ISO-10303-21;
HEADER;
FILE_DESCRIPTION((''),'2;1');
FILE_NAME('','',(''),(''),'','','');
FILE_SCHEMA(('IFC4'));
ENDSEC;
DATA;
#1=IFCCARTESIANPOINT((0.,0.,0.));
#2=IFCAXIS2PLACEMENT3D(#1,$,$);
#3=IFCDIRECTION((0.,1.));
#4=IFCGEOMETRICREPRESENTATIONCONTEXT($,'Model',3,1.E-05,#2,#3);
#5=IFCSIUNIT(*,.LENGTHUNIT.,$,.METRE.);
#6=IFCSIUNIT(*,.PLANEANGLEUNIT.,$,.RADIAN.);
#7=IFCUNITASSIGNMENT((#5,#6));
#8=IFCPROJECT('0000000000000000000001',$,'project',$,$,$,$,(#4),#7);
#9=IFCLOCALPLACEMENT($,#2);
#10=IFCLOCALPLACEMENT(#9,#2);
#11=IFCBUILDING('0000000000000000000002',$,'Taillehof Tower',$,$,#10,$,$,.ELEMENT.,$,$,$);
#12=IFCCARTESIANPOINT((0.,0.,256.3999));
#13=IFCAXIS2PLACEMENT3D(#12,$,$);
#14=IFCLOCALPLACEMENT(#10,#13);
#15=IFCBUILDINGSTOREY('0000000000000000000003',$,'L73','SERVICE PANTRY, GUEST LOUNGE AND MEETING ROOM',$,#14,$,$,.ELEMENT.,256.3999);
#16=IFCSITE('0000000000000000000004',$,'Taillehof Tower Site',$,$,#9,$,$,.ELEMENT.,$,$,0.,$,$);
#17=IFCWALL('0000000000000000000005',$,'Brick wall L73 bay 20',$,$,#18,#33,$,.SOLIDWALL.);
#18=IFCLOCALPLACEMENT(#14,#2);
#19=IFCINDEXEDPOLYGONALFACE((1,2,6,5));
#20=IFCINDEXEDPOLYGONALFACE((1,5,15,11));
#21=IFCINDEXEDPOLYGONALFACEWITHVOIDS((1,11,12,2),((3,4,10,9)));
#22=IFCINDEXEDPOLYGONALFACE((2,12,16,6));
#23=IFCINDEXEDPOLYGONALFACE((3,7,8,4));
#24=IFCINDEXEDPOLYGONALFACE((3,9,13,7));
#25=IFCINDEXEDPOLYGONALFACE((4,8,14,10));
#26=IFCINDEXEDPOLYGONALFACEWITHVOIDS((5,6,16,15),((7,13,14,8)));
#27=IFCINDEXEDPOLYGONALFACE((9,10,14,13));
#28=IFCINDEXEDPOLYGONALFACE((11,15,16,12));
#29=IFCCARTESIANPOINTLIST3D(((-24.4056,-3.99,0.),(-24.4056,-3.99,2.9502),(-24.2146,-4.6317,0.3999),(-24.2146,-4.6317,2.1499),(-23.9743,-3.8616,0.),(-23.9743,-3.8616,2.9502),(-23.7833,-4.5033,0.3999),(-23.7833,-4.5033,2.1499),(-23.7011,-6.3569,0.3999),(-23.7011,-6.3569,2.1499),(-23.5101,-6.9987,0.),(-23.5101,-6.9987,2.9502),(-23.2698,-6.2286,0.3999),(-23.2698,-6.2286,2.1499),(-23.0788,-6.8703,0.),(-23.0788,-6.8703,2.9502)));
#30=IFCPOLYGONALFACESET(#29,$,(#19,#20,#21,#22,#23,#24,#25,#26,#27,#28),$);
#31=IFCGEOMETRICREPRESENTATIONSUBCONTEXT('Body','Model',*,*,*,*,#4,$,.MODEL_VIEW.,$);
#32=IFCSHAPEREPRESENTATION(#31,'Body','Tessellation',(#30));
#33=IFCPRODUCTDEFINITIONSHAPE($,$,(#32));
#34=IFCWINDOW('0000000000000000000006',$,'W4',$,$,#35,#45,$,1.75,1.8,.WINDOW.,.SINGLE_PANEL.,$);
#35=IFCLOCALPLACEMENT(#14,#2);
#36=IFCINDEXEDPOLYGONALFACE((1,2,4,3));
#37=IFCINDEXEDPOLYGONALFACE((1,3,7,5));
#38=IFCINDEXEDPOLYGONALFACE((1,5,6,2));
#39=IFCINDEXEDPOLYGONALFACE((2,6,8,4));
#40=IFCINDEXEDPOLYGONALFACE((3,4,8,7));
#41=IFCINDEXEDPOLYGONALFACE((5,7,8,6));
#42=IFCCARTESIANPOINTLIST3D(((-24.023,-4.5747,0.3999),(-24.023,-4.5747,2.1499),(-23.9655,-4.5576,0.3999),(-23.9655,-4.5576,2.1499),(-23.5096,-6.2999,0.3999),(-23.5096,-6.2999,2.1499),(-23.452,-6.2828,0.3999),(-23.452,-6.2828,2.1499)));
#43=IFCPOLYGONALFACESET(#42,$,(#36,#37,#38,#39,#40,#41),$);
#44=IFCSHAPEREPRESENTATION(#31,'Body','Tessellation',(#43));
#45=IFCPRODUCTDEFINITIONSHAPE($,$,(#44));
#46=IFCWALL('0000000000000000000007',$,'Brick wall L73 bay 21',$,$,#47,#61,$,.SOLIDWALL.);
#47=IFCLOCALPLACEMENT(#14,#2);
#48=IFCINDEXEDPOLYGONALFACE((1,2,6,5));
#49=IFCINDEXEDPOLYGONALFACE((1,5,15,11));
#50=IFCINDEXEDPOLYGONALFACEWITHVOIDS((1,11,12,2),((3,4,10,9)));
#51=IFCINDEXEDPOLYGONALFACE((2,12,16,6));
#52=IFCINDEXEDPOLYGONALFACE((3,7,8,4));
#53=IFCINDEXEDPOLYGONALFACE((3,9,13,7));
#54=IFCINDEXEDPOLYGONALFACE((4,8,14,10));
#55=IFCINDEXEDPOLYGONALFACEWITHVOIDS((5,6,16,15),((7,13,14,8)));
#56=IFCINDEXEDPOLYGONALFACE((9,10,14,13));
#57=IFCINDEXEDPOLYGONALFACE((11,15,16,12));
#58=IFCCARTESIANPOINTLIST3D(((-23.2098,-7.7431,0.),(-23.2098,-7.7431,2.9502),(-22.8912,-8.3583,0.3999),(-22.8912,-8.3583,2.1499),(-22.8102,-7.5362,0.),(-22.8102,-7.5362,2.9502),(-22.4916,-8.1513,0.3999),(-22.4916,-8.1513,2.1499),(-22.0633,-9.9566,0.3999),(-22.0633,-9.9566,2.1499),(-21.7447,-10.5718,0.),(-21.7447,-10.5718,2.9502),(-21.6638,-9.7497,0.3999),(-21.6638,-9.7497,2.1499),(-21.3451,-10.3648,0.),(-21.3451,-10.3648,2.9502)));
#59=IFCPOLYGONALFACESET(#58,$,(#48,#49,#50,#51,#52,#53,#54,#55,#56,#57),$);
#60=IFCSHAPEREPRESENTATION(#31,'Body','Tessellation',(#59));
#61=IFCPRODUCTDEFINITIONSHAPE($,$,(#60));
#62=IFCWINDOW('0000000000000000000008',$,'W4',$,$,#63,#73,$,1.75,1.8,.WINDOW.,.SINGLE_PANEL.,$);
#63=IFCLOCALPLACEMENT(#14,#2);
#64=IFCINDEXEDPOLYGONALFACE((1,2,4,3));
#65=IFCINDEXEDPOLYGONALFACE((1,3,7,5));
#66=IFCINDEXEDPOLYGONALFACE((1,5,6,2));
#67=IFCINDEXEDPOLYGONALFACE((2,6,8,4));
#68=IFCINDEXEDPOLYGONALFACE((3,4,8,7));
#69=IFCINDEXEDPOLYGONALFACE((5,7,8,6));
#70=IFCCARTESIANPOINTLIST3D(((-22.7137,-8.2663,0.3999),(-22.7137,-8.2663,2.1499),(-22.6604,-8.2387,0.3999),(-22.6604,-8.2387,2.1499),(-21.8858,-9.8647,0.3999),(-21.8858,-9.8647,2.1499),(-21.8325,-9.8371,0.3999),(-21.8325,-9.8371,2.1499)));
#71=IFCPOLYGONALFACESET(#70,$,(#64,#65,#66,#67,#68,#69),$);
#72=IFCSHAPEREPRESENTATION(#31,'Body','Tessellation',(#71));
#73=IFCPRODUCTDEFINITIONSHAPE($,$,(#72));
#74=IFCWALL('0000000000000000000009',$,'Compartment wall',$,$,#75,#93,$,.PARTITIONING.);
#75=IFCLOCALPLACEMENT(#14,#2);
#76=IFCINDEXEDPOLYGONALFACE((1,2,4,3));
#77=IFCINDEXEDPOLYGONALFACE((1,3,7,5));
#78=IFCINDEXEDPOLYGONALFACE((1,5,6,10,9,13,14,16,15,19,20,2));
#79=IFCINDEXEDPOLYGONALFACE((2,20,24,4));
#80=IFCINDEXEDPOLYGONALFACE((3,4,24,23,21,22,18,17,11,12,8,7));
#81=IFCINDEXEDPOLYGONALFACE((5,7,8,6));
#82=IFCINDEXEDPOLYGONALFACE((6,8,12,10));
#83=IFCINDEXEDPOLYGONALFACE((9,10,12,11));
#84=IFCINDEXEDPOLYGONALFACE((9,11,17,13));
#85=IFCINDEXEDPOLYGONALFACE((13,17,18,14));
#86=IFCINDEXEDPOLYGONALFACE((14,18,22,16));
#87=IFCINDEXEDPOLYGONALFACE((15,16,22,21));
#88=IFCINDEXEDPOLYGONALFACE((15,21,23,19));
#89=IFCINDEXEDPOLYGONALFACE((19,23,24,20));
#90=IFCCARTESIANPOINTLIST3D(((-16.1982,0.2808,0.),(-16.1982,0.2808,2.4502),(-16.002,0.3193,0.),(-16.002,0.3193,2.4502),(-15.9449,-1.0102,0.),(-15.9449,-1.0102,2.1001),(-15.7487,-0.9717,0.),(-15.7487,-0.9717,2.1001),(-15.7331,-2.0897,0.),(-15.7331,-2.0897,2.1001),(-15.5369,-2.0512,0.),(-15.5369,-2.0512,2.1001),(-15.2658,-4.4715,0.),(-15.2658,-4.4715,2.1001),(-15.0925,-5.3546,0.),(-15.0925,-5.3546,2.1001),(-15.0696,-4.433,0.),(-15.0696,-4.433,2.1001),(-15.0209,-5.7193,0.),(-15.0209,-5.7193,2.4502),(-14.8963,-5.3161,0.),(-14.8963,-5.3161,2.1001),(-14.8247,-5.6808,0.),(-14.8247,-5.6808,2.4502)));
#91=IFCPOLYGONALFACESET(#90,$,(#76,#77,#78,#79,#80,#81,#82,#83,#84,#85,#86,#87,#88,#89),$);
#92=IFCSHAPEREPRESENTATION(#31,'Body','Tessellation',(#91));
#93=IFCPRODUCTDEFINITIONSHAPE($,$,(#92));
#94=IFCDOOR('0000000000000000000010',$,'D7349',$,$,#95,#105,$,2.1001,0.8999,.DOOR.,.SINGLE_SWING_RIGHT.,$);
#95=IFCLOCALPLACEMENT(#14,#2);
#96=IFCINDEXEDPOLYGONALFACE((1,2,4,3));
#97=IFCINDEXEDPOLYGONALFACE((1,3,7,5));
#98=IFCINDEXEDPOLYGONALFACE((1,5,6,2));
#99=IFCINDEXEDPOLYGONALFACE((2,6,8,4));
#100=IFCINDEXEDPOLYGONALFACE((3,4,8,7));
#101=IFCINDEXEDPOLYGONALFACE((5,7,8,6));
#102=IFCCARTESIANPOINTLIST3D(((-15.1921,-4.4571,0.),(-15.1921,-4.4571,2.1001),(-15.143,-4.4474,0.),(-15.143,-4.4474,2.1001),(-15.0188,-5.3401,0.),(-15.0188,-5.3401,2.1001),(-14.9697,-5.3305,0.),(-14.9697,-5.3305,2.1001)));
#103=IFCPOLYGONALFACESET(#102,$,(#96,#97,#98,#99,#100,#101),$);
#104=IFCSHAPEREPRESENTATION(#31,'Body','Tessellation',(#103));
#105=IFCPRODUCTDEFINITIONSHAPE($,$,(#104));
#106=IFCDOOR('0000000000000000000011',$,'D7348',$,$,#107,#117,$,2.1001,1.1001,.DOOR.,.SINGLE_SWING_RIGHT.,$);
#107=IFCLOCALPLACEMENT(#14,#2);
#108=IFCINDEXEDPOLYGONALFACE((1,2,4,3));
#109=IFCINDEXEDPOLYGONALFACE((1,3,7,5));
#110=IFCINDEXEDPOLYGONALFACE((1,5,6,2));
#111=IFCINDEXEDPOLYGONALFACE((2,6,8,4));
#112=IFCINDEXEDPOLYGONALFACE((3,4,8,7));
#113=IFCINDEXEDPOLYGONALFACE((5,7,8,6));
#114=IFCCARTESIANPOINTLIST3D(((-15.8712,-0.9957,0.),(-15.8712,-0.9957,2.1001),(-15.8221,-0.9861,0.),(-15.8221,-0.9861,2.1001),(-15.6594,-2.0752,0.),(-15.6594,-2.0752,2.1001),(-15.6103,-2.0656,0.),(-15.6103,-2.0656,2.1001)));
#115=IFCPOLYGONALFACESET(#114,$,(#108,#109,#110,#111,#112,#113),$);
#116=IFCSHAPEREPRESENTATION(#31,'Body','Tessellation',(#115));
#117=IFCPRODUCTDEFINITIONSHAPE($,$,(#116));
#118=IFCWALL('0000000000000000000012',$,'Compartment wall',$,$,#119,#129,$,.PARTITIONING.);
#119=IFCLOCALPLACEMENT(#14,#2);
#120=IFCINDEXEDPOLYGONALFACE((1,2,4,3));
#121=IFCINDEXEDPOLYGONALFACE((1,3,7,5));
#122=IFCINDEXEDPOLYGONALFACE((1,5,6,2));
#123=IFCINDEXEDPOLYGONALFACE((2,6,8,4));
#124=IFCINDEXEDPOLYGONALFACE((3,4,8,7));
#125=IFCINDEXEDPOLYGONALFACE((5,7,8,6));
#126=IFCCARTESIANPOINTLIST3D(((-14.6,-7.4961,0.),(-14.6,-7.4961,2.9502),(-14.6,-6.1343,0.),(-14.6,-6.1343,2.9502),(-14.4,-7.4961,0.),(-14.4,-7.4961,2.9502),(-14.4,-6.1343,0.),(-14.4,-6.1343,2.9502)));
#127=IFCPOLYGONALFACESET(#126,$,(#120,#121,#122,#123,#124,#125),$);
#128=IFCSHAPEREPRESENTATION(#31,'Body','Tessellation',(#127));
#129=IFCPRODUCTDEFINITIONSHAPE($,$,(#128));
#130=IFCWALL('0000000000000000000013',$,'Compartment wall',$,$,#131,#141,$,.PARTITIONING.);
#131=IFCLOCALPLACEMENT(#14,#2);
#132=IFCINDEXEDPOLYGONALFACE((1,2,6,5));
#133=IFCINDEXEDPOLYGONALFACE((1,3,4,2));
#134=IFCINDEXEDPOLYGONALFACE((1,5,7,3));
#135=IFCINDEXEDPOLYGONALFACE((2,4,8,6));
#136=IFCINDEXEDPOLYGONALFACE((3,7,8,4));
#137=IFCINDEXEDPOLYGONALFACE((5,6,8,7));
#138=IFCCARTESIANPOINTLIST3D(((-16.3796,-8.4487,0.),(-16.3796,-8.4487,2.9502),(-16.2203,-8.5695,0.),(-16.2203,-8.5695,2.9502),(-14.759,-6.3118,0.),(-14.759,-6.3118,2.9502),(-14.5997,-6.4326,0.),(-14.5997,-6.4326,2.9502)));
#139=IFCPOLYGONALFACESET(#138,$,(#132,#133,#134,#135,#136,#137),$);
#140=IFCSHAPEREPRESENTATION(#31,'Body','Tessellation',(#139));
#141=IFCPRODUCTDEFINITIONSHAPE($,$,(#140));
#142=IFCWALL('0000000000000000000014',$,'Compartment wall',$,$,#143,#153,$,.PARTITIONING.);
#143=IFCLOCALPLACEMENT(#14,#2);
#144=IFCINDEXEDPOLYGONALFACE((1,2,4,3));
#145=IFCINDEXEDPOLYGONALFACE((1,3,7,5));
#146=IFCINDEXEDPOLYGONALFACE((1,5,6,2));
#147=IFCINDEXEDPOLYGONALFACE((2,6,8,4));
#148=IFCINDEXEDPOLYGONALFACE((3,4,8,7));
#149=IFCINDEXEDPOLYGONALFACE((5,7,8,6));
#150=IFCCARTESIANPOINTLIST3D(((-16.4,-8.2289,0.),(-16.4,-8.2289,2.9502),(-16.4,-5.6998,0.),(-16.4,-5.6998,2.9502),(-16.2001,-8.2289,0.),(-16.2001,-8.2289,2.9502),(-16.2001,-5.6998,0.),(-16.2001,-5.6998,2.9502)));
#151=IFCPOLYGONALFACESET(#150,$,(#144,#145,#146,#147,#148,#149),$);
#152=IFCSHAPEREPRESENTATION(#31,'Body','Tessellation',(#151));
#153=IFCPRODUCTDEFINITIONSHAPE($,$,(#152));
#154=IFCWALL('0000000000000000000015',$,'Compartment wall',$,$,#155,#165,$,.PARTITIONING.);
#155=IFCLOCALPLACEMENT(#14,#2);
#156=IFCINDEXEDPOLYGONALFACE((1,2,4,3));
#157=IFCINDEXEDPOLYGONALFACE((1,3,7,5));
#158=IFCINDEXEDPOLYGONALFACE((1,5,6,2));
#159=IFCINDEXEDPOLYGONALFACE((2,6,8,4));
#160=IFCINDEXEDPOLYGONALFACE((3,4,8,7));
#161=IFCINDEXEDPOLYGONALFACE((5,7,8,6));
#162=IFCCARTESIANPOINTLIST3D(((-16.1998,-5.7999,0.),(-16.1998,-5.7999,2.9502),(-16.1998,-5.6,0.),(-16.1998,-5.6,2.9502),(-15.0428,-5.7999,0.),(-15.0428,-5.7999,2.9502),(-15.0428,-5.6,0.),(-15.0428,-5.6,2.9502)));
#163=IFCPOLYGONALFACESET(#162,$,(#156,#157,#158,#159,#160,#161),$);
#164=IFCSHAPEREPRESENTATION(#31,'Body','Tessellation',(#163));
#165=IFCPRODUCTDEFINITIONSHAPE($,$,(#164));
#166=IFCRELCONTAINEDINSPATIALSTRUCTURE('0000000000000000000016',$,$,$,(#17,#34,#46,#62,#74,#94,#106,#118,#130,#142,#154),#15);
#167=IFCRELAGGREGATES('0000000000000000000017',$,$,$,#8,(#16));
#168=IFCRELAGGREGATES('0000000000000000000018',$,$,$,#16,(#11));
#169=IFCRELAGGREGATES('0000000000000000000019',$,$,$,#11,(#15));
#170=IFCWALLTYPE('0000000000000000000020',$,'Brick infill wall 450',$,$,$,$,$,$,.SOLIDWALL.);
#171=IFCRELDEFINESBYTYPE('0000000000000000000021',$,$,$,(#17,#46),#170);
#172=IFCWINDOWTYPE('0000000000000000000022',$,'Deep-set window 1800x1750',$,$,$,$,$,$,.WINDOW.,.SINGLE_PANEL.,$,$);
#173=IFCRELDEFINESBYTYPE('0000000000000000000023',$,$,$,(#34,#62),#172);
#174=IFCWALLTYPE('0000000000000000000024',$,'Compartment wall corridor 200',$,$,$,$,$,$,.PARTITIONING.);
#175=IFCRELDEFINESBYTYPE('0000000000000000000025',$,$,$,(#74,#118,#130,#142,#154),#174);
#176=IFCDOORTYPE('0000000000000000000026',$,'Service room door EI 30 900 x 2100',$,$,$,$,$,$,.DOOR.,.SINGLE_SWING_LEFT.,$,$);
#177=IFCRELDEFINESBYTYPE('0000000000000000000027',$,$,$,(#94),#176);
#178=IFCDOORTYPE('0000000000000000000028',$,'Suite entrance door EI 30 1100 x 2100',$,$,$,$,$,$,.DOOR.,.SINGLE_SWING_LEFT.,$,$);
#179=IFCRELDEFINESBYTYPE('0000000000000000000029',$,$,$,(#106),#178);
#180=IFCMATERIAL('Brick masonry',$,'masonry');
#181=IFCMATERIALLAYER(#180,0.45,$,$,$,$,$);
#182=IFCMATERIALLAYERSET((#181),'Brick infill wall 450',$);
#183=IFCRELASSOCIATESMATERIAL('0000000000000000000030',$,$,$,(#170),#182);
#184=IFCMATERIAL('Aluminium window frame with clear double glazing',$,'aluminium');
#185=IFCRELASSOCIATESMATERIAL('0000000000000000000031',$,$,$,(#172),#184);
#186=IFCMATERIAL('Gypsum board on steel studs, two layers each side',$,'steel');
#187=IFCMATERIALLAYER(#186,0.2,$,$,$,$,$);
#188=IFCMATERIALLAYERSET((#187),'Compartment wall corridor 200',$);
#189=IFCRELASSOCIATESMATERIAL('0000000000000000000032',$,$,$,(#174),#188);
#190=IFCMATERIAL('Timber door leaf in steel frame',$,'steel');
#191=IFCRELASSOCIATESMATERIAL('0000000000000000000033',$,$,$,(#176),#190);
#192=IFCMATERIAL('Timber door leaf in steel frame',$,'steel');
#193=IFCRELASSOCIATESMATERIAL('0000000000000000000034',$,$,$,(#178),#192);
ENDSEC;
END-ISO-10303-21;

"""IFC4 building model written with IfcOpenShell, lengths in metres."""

from ifc_helpers import new_model, si_unit, direction, frame, frame_2d, origin, place, context, subcontext, project, spatial, rectangle, extrude, material, layer, layer_set, type_object, element, fill, save


model = new_model("IFC4")

# Units and contexts
model_context = context("Model", 3, precision=1e-05, world=origin(), true_north=direction((0.0, 1.0)))
body_context = subcontext(model_context, "Body", "Model", "MODEL_VIEW")
ifc_project = project(units=[si_unit("LENGTHUNIT", "METRE"), si_unit("PLANEANGLEUNIT", "RADIAN")], contexts=[model_context])

# Site, building, storey
site_placement = place(None, origin())
site = spatial("IfcSite", under=ifc_project, at=site_placement, Name="Taillehof Tower Site", CompositionType="ELEMENT", RefElevation=0.0)
building_placement = place(site_placement, origin())
building = spatial("IfcBuilding", under=site, at=building_placement, Name="Taillehof Tower", CompositionType="ELEMENT")
storey_placement = place(building_placement, frame((0.0, 0.0, 256.3999)))
storey = spatial("IfcBuildingStorey", under=building, at=storey_placement, Name="L73", Description="SERVICE PANTRY, GUEST LOUNGE AND MEETING ROOM", CompositionType="ELEMENT", Elevation=256.3999)

# Walls, openings, windows
ifc_material_1 = material(Name="Brick masonry", Category="masonry")
ifc_layer_1 = layer(ifc_material_1, 0.45)
ifc_layer_set_1 = layer_set([ifc_layer_1], Name="Brick infill wall 450")
wall_type_1 = type_object("IfcWallType", Name="Brick infill wall 450", PredefinedType="SOLIDWALL", material=ifc_layer_set_1)
ifc_material_2 = material(Name="Aluminium window frame with clear double glazing", Category="aluminium")
window_type = type_object("IfcWindowType", Name="Deep-set window 1800x1750", PartitioningType="SINGLE_PANEL", PredefinedType="WINDOW", material=ifc_material_2)
wall_1_placement = place(storey_placement, frame((-24.1899, -3.9258, 0.0), z_axis=(0.0, 0.0, 1.0), x_axis=(0.285264, -0.958449, 0.0)))
wall_1 = element("IfcWall", 1, at=wall_1_placement, inside=storey, type_object=wall_type_1, Name="Brick wall L73 bay 20", PredefinedType="SOLIDWALL", context=body_context, shape_type="SweptSolid", body=[
    extrude(rectangle(XDim=3.1392, YDim=0.45, at=frame_2d((1.5696, 0.0))), origin(), (0.0, 0.0, 1.0), 2.9502),
])
opening_1_placement = place(wall_1_placement, frame((0.6697, 0.0, 0.3999)))
opening_1 = element("IfcOpeningElement", 2, at=opening_1_placement, cuts=wall_1, PredefinedType="OPENING", context=body_context, shape_type="SweptSolid", body=[
    extrude(rectangle(XDim=1.8, YDim=1.75, at=frame_2d((0.8999, 0.875))), frame((0.0, 0.2349, 0.0), z_axis=(0.0, -1.0, 0.0), x_axis=(1.0, 0.0, 0.0)), (0.0, 0.0, 1.0), 0.47),
])
window_1_placement = place(opening_1_placement, origin())
window_1 = element("IfcWindow", 3, at=window_1_placement, inside=storey, type_object=window_type, Name="W4", OverallHeight=1.75, OverallWidth=1.8, PartitioningType="SINGLE_PANEL", PredefinedType="WINDOW", context=body_context, shape_type="SweptSolid", body=[
    extrude(rectangle(XDim=1.8, YDim=1.75, at=frame_2d((0.8999, 0.875))), frame((0.0, 0.0349, 0.0), z_axis=(0.0, -1.0, 0.0), x_axis=(1.0, 0.0, 0.0)), (0.0, 0.0, 1.0), 0.0601),
])
fill(opening_1, window_1)
wall_2_placement = place(storey_placement, frame((-23.01, -7.6396, 0.0), z_axis=(0.0, 0.0, 1.0), x_axis=(0.459921, -0.88796, 0.0)))
wall_2 = element("IfcWall", 4, at=wall_2_placement, inside=storey, type_object=wall_type_1, Name="Brick wall L73 bay 21", PredefinedType="SOLIDWALL", context=body_context, shape_type="SweptSolid", body=[
    extrude(rectangle(XDim=3.1855, YDim=0.45, at=frame_2d((1.5928, 0.0))), origin(), (0.0, 0.0, 1.0), 2.9502),
])
opening_2_placement = place(wall_2_placement, frame((0.6929, 0.0, 0.3999)))
opening_2 = element("IfcOpeningElement", 5, at=opening_2_placement, cuts=wall_2, PredefinedType="OPENING", context=body_context, shape_type="SweptSolid", body=[
    extrude(rectangle(XDim=1.8, YDim=1.75, at=frame_2d((0.8999, 0.875))), frame((0.0, 0.2349, 0.0), z_axis=(0.0, -1.0, 0.0), x_axis=(1.0, 0.0, 0.0)), (0.0, 0.0, 1.0), 0.47),
])
window_2_placement = place(opening_2_placement, origin())
window_2 = element("IfcWindow", 6, at=window_2_placement, inside=storey, type_object=window_type, Name="W4", OverallHeight=1.75, OverallWidth=1.8, PartitioningType="SINGLE_PANEL", PredefinedType="WINDOW", context=body_context, shape_type="SweptSolid", body=[
    extrude(rectangle(XDim=1.8, YDim=1.75, at=frame_2d((0.8999, 0.875))), frame((0.0, 0.0349, 0.0), z_axis=(0.0, -1.0, 0.0), x_axis=(1.0, 0.0, 0.0)), (0.0, 0.0, 1.0), 0.0601),
])
fill(opening_2, window_2)

# Wall, openings, doors
ifc_material_3 = material(Name="Gypsum board on steel studs, two layers each side", Category="steel")
ifc_layer_2 = layer(ifc_material_3, 0.2)
ifc_layer_set_2 = layer_set([ifc_layer_2], Name="Compartment wall corridor 200")
wall_type_2 = type_object("IfcWallType", Name="Compartment wall corridor 200", PredefinedType="PARTITIONING", material=ifc_layer_set_2)
wall_3_placement = place(storey_placement, frame((-14.9229, -5.7, 0.0), z_axis=(0.0, 0.0, 1.0), x_axis=(-0.192537, 0.98129, 0.0)))
wall_3 = element("IfcWall", 7, at=wall_3_placement, inside=storey, type_object=wall_type_2, Name="Compartment wall", PredefinedType="PARTITIONING", context=body_context, shape_type="SweptSolid", body=[
    extrude(rectangle(XDim=6.1145, YDim=0.2, at=frame_2d((3.0571, 0.0))), origin(), (0.0, 0.0, 1.0), 2.4502),
])
opening_3_placement = place(wall_3_placement, frame((3.6987, 0.0, 0.0)))
opening_3 = element("IfcOpeningElement", 8, at=opening_3_placement, cuts=wall_3, PredefinedType="OPENING", context=body_context, shape_type="SweptSolid", body=[
    extrude(rectangle(XDim=1.1001, YDim=2.1001, at=frame_2d((0.55, 1.05))), frame((0.0, 0.1099, 0.0), z_axis=(0.0, -1.0, 0.0), x_axis=(1.0, 0.0, 0.0)), (0.0, 0.0, 1.0), 0.22),
])
opening_4_placement = place(wall_3_placement, frame((0.3716, 0.0, 0.0)))
opening_4 = element("IfcOpeningElement", 9, at=opening_4_placement, cuts=wall_3, PredefinedType="OPENING", context=body_context, shape_type="SweptSolid", body=[
    extrude(rectangle(XDim=0.8999, YDim=2.1001, at=frame_2d((0.45, 1.05))), frame((0.0, 0.1099, 0.0), z_axis=(0.0, -1.0, 0.0), x_axis=(1.0, 0.0, 0.0)), (0.0, 0.0, 1.0), 0.22),
])
ifc_material_4 = material(Name="Timber door leaf in steel frame", Category="steel")
door_type_1 = type_object("IfcDoorType", Name="Service room door EI 30 900 x 2100", OperationType="SINGLE_SWING_LEFT", PredefinedType="DOOR", material=ifc_material_4)
door_1_placement = place(opening_4_placement, origin())
door_1 = element("IfcDoor", 10, at=door_1_placement, inside=storey, type_object=door_type_1, Name="D7349", OperationType="SINGLE_SWING_RIGHT", OverallHeight=2.1001, OverallWidth=0.8999, PredefinedType="DOOR", context=body_context, shape_type="SweptSolid", body=[
    extrude(rectangle(XDim=0.8999, YDim=2.1001, at=frame_2d((0.45, 1.05))), frame((0.0, 0.0249, 0.0), z_axis=(0.0, -1.0, 0.0), x_axis=(1.0, 0.0, 0.0)), (0.0, 0.0, 1.0), 0.05),
])
fill(opening_4, door_1)
ifc_material_5 = material(Name="Timber door leaf in steel frame", Category="steel")
door_type_2 = type_object("IfcDoorType", Name="Suite entrance door EI 30 1100 x 2100", OperationType="SINGLE_SWING_LEFT", PredefinedType="DOOR", material=ifc_material_5)
door_2_placement = place(opening_3_placement, origin())
door_2 = element("IfcDoor", 11, at=door_2_placement, inside=storey, type_object=door_type_2, Name="D7348", OperationType="SINGLE_SWING_RIGHT", OverallHeight=2.1001, OverallWidth=1.1001, PredefinedType="DOOR", context=body_context, shape_type="SweptSolid", body=[
    extrude(rectangle(XDim=1.1001, YDim=2.1001, at=frame_2d((0.55, 1.05))), frame((0.0, 0.0249, 0.0), z_axis=(0.0, -1.0, 0.0), x_axis=(1.0, 0.0, 0.0)), (0.0, 0.0, 1.0), 0.05),
])
fill(opening_3, door_2)

# Walls
wall_4_placement = place(storey_placement, frame((-14.5, -7.4961, 0.0), z_axis=(0.0, 0.0, 1.0), x_axis=(0.0, 1.0, 0.0)))
element("IfcWall", 12, at=wall_4_placement, inside=storey, type_object=wall_type_2, Name="Compartment wall", PredefinedType="PARTITIONING", context=body_context, shape_type="SweptSolid", body=[
    extrude(rectangle(XDim=1.3618, YDim=0.2, at=frame_2d((0.6809, 0.0))), origin(), (0.0, 0.0, 1.0), 2.9502),
])
wall_5_placement = place(storey_placement, frame((-14.6794, -6.3723, 0.0), z_axis=(0.0, 0.0, 1.0), x_axis=(-0.604259, -0.796788, 0.0)))
element("IfcWall", 13, at=wall_5_placement, inside=storey, type_object=wall_type_2, Name="Compartment wall", PredefinedType="PARTITIONING", context=body_context, shape_type="SweptSolid", body=[
    extrude(rectangle(XDim=2.6819, YDim=0.2, at=frame_2d((1.3408, 0.0))), origin(), (0.0, 0.0, 1.0), 2.9502),
])
wall_6_placement = place(storey_placement, frame((-16.3, -8.229, 0.0), z_axis=(0.0, 0.0, 1.0), x_axis=(0.0, 1.0, 0.0)))
element("IfcWall", 14, at=wall_6_placement, inside=storey, type_object=wall_type_2, Name="Compartment wall", PredefinedType="PARTITIONING", context=body_context, shape_type="SweptSolid", body=[
    extrude(rectangle(XDim=2.5291, YDim=0.2, at=frame_2d((1.2646, 0.0))), origin(), (0.0, 0.0, 1.0), 2.9502),
])
wall_7_placement = place(storey_placement, frame((-16.2, -5.7, 0.0), z_axis=(0.0, 0.0, 1.0), x_axis=(1.0, 0.0, 0.0)))
element("IfcWall", 15, at=wall_7_placement, inside=storey, type_object=wall_type_2, Name="Compartment wall", PredefinedType="PARTITIONING", context=body_context, shape_type="SweptSolid", body=[
    extrude(rectangle(XDim=1.157, YDim=0.2, at=frame_2d((0.5786, 0.0))), origin(), (0.0, 0.0, 1.0), 2.9502),
])

save(model, "model.ifc")
